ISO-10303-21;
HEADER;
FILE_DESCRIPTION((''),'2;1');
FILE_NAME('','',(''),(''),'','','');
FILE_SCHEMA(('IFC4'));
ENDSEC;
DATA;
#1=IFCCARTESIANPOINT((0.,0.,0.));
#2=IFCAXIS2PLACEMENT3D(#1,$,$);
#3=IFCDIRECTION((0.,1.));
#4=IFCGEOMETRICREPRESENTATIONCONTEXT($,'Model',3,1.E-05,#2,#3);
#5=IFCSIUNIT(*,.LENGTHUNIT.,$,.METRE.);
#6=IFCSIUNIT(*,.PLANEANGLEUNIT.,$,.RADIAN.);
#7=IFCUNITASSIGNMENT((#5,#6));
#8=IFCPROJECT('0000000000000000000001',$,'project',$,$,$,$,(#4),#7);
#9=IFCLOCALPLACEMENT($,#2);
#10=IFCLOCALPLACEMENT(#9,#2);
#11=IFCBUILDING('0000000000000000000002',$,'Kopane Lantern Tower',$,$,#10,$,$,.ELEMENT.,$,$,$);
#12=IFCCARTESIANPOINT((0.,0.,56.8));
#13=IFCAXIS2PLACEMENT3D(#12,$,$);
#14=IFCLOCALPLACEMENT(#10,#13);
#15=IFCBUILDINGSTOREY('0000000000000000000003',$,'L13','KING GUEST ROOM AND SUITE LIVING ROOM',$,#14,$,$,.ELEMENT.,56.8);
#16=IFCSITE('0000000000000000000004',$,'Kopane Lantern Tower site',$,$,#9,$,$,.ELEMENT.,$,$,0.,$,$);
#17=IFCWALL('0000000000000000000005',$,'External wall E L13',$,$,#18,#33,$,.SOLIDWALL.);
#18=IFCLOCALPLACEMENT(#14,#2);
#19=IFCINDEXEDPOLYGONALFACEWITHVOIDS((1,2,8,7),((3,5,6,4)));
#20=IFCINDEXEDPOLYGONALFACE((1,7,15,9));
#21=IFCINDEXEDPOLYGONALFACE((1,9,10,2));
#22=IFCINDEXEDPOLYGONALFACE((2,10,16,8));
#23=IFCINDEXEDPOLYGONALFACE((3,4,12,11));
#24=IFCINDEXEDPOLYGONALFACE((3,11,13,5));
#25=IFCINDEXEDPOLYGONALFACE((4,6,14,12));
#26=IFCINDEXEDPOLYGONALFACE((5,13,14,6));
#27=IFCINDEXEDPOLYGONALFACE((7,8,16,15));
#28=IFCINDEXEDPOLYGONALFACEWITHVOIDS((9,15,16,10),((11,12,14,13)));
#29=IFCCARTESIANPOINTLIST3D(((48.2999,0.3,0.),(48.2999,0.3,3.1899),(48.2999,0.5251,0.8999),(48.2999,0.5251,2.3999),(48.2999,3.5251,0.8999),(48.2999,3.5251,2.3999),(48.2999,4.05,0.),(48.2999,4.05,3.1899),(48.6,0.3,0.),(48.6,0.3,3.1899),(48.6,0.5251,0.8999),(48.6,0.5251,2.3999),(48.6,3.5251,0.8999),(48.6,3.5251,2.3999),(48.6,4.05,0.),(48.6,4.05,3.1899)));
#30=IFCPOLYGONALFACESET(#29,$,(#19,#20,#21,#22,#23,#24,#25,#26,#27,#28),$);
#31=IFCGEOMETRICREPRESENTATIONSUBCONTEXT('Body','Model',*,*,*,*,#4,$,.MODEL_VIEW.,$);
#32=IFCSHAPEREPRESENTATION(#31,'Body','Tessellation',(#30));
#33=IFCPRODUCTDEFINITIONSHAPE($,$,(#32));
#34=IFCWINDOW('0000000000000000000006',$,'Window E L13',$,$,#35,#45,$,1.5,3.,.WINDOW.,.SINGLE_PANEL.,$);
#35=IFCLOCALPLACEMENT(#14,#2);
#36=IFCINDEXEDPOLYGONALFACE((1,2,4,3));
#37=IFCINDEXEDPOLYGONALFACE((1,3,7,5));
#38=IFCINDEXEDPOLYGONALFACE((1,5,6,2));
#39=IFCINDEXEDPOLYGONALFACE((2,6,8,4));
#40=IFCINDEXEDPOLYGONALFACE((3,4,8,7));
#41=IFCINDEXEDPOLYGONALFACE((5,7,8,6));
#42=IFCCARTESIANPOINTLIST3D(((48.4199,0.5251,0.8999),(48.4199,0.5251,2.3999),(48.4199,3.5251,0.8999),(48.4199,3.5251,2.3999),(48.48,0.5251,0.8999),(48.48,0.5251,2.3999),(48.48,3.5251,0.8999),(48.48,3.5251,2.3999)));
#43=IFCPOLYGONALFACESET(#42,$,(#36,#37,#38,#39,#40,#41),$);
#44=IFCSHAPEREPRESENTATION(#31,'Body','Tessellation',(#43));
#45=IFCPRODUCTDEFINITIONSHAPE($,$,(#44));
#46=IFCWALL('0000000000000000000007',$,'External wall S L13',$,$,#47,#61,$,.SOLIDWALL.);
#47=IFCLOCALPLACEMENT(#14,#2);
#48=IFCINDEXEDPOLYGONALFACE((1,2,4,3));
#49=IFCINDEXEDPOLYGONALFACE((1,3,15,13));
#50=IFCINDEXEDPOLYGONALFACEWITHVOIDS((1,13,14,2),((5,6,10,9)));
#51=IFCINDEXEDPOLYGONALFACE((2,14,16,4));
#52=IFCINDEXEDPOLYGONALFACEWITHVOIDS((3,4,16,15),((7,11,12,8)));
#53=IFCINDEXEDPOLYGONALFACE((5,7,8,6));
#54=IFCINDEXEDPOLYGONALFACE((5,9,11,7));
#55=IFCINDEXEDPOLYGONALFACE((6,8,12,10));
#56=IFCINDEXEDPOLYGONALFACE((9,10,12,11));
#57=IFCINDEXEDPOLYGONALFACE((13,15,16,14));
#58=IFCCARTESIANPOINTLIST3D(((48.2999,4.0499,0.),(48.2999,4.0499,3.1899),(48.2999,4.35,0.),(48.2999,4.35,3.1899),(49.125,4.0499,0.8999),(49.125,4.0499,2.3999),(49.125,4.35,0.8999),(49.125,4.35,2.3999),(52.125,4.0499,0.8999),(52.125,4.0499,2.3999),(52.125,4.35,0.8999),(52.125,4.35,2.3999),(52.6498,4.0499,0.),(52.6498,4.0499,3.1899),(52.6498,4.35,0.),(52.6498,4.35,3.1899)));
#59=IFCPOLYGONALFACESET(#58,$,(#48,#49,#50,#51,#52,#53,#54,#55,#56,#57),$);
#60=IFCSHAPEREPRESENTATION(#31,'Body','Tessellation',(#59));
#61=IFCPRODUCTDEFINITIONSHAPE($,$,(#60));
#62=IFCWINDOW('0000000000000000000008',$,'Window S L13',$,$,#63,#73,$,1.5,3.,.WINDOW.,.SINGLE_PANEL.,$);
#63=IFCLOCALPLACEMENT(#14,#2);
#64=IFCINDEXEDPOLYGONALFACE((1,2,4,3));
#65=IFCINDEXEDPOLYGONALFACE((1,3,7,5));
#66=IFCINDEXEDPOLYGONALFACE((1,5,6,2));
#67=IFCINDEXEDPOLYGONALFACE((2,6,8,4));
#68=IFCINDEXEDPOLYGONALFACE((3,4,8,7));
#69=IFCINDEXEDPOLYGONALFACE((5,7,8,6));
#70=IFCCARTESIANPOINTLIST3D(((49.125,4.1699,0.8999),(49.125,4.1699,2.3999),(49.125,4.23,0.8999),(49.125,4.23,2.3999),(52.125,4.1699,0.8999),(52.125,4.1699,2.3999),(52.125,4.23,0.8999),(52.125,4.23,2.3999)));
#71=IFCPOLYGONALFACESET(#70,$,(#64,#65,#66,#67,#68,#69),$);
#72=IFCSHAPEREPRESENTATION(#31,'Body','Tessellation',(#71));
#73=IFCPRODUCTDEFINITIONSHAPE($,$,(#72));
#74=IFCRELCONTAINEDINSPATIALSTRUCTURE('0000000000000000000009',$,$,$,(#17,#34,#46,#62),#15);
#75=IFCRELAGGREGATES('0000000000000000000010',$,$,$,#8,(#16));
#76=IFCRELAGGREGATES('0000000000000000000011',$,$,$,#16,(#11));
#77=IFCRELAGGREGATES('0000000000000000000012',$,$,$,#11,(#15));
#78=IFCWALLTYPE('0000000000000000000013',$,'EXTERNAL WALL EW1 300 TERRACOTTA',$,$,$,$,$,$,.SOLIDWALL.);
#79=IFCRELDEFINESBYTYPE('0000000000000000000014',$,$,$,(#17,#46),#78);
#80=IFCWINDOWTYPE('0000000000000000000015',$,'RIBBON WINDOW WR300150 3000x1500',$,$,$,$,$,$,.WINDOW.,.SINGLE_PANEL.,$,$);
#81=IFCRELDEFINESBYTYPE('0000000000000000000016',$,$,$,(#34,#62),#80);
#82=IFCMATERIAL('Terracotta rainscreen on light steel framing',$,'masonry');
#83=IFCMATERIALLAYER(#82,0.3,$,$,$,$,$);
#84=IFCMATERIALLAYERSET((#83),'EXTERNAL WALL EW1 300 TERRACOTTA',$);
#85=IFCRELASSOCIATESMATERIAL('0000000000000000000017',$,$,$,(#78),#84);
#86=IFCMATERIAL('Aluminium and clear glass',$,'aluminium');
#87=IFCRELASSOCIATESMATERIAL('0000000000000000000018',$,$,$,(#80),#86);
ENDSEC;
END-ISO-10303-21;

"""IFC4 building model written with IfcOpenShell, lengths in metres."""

from ifc_helpers import new_model, si_unit, direction, frame, frame_2d, origin, place, context, subcontext, project, spatial, rectangle, extrude, material, layer, layer_set, type_object, element, fill, save


model = new_model("IFC4")

# Units and contexts
model_context = context("Model", 3, precision=1e-05, world=origin(), true_north=direction((0.0, 1.0)))
body_context = subcontext(model_context, "Body", "Model", "MODEL_VIEW")
ifc_project = project(units=[si_unit("LENGTHUNIT", "METRE"), si_unit("PLANEANGLEUNIT", "RADIAN")], contexts=[model_context])

# Site, building, storey
site_placement = place(None, origin())
site = spatial("IfcSite", under=ifc_project, at=site_placement, Name="Kopane Lantern Tower site", CompositionType="ELEMENT", RefElevation=0.0)
building_placement = place(site_placement, origin())
building = spatial("IfcBuilding", under=site, at=building_placement, Name="Kopane Lantern Tower", CompositionType="ELEMENT")
storey_placement = place(building_placement, frame((0.0, 0.0, 56.8)))
storey = spatial("IfcBuildingStorey", under=building, at=storey_placement, Name="L13", Description="KING GUEST ROOM AND SUITE LIVING ROOM", CompositionType="ELEMENT", Elevation=56.8)

# Walls, openings, windows
ifc_material_1 = material(Name="Terracotta rainscreen on light steel framing", Category="masonry")
ifc_layer_1 = layer(ifc_material_1, 0.3)
ifc_layer_set_1 = layer_set([ifc_layer_1], Name="EXTERNAL WALL EW1 300 TERRACOTTA")
wall_type_1 = type_object("IfcWallType", Name="EXTERNAL WALL EW1 300 TERRACOTTA", PredefinedType="SOLIDWALL", material=ifc_layer_set_1)
wall_1_placement = place(storey_placement, frame((48.45, 0.3, 0.0), z_axis=(0.0, 0.0, 1.0), x_axis=(0.0, 1.0, 0.0)))
wall_1 = element("IfcWall", 1, at=wall_1_placement, inside=storey, type_object=wall_type_1, Name="External wall E L13", PredefinedType="SOLIDWALL", context=body_context, shape_type="SweptSolid", body=[
    extrude(rectangle(XDim=3.75, YDim=0.3, at=frame_2d((1.875, 0.0))), origin(), (0.0, 0.0, 1.0), 3.1899),
])
opening_1_placement = place(wall_1_placement, frame((0.2251, 0.0, 0.8999)))
opening_1 = element("IfcOpeningElement", 2, at=opening_1_placement, cuts=wall_1, PredefinedType="OPENING", context=body_context, shape_type="SweptSolid", body=[
    extrude(rectangle(XDim=3.0, YDim=1.5, at=frame_2d((1.5, 0.75))), frame((0.0, 0.1599, 0.0), z_axis=(0.0, -1.0, 0.0), x_axis=(1.0, 0.0, 0.0)), (0.0, 0.0, 1.0), 0.3201),
])
ifc_material_2 = material(Name="Aluminium and clear glass", Category="aluminium")
window_type = type_object("IfcWindowType", Name="RIBBON WINDOW WR300150 3000x1500", PartitioningType="SINGLE_PANEL", PredefinedType="WINDOW", material=ifc_material_2)
window_1_placement = place(opening_1_placement, origin())
window_1 = element("IfcWindow", 3, at=window_1_placement, inside=storey, type_object=window_type, Name="Window E L13", OverallHeight=1.5, OverallWidth=3.0, PartitioningType="SINGLE_PANEL", PredefinedType="WINDOW", context=body_context, shape_type="SweptSolid", body=[
    extrude(rectangle(XDim=3.0, YDim=1.5, at=frame_2d((1.5, 0.75))), frame((0.0, 0.03, 0.0), z_axis=(0.0, -1.0, 0.0), x_axis=(1.0, 0.0, 0.0)), (0.0, 0.0, 1.0), 0.0601),
])
fill(opening_1, window_1)
wall_2_placement = place(storey_placement, frame((48.3, 4.2, 0.0), z_axis=(0.0, 0.0, 1.0), x_axis=(1.0, 0.0, 0.0)))
wall_2 = element("IfcWall", 4, at=wall_2_placement, inside=storey, type_object=wall_type_1, Name="External wall S L13", PredefinedType="SOLIDWALL", context=body_context, shape_type="SweptSolid", body=[
    extrude(rectangle(XDim=4.3499, YDim=0.3, at=frame_2d((2.1748, 0.0))), origin(), (0.0, 0.0, 1.0), 3.1899),
])
opening_2_placement = place(wall_2_placement, frame((0.825, 0.0, 0.8999)))
opening_2 = element("IfcOpeningElement", 5, at=opening_2_placement, cuts=wall_2, PredefinedType="OPENING", context=body_context, shape_type="SweptSolid", body=[
    extrude(rectangle(XDim=3.0, YDim=1.5, at=frame_2d((1.5, 0.75))), frame((0.0, 0.1599, 0.0), z_axis=(0.0, -1.0, 0.0), x_axis=(1.0, 0.0, 0.0)), (0.0, 0.0, 1.0), 0.3201),
])
window_2_placement = place(opening_2_placement, origin())
window_2 = element("IfcWindow", 6, at=window_2_placement, inside=storey, type_object=window_type, Name="Window S L13", OverallHeight=1.5, OverallWidth=3.0, PartitioningType="SINGLE_PANEL", PredefinedType="WINDOW", context=body_context, shape_type="SweptSolid", body=[
    extrude(rectangle(XDim=3.0, YDim=1.5, at=frame_2d((1.5, 0.75))), frame((0.0, 0.03, 0.0), z_axis=(0.0, -1.0, 0.0), x_axis=(1.0, 0.0, 0.0)), (0.0, 0.0, 1.0), 0.0601),
])
fill(opening_2, window_2)

save(model, "model.ifc")
